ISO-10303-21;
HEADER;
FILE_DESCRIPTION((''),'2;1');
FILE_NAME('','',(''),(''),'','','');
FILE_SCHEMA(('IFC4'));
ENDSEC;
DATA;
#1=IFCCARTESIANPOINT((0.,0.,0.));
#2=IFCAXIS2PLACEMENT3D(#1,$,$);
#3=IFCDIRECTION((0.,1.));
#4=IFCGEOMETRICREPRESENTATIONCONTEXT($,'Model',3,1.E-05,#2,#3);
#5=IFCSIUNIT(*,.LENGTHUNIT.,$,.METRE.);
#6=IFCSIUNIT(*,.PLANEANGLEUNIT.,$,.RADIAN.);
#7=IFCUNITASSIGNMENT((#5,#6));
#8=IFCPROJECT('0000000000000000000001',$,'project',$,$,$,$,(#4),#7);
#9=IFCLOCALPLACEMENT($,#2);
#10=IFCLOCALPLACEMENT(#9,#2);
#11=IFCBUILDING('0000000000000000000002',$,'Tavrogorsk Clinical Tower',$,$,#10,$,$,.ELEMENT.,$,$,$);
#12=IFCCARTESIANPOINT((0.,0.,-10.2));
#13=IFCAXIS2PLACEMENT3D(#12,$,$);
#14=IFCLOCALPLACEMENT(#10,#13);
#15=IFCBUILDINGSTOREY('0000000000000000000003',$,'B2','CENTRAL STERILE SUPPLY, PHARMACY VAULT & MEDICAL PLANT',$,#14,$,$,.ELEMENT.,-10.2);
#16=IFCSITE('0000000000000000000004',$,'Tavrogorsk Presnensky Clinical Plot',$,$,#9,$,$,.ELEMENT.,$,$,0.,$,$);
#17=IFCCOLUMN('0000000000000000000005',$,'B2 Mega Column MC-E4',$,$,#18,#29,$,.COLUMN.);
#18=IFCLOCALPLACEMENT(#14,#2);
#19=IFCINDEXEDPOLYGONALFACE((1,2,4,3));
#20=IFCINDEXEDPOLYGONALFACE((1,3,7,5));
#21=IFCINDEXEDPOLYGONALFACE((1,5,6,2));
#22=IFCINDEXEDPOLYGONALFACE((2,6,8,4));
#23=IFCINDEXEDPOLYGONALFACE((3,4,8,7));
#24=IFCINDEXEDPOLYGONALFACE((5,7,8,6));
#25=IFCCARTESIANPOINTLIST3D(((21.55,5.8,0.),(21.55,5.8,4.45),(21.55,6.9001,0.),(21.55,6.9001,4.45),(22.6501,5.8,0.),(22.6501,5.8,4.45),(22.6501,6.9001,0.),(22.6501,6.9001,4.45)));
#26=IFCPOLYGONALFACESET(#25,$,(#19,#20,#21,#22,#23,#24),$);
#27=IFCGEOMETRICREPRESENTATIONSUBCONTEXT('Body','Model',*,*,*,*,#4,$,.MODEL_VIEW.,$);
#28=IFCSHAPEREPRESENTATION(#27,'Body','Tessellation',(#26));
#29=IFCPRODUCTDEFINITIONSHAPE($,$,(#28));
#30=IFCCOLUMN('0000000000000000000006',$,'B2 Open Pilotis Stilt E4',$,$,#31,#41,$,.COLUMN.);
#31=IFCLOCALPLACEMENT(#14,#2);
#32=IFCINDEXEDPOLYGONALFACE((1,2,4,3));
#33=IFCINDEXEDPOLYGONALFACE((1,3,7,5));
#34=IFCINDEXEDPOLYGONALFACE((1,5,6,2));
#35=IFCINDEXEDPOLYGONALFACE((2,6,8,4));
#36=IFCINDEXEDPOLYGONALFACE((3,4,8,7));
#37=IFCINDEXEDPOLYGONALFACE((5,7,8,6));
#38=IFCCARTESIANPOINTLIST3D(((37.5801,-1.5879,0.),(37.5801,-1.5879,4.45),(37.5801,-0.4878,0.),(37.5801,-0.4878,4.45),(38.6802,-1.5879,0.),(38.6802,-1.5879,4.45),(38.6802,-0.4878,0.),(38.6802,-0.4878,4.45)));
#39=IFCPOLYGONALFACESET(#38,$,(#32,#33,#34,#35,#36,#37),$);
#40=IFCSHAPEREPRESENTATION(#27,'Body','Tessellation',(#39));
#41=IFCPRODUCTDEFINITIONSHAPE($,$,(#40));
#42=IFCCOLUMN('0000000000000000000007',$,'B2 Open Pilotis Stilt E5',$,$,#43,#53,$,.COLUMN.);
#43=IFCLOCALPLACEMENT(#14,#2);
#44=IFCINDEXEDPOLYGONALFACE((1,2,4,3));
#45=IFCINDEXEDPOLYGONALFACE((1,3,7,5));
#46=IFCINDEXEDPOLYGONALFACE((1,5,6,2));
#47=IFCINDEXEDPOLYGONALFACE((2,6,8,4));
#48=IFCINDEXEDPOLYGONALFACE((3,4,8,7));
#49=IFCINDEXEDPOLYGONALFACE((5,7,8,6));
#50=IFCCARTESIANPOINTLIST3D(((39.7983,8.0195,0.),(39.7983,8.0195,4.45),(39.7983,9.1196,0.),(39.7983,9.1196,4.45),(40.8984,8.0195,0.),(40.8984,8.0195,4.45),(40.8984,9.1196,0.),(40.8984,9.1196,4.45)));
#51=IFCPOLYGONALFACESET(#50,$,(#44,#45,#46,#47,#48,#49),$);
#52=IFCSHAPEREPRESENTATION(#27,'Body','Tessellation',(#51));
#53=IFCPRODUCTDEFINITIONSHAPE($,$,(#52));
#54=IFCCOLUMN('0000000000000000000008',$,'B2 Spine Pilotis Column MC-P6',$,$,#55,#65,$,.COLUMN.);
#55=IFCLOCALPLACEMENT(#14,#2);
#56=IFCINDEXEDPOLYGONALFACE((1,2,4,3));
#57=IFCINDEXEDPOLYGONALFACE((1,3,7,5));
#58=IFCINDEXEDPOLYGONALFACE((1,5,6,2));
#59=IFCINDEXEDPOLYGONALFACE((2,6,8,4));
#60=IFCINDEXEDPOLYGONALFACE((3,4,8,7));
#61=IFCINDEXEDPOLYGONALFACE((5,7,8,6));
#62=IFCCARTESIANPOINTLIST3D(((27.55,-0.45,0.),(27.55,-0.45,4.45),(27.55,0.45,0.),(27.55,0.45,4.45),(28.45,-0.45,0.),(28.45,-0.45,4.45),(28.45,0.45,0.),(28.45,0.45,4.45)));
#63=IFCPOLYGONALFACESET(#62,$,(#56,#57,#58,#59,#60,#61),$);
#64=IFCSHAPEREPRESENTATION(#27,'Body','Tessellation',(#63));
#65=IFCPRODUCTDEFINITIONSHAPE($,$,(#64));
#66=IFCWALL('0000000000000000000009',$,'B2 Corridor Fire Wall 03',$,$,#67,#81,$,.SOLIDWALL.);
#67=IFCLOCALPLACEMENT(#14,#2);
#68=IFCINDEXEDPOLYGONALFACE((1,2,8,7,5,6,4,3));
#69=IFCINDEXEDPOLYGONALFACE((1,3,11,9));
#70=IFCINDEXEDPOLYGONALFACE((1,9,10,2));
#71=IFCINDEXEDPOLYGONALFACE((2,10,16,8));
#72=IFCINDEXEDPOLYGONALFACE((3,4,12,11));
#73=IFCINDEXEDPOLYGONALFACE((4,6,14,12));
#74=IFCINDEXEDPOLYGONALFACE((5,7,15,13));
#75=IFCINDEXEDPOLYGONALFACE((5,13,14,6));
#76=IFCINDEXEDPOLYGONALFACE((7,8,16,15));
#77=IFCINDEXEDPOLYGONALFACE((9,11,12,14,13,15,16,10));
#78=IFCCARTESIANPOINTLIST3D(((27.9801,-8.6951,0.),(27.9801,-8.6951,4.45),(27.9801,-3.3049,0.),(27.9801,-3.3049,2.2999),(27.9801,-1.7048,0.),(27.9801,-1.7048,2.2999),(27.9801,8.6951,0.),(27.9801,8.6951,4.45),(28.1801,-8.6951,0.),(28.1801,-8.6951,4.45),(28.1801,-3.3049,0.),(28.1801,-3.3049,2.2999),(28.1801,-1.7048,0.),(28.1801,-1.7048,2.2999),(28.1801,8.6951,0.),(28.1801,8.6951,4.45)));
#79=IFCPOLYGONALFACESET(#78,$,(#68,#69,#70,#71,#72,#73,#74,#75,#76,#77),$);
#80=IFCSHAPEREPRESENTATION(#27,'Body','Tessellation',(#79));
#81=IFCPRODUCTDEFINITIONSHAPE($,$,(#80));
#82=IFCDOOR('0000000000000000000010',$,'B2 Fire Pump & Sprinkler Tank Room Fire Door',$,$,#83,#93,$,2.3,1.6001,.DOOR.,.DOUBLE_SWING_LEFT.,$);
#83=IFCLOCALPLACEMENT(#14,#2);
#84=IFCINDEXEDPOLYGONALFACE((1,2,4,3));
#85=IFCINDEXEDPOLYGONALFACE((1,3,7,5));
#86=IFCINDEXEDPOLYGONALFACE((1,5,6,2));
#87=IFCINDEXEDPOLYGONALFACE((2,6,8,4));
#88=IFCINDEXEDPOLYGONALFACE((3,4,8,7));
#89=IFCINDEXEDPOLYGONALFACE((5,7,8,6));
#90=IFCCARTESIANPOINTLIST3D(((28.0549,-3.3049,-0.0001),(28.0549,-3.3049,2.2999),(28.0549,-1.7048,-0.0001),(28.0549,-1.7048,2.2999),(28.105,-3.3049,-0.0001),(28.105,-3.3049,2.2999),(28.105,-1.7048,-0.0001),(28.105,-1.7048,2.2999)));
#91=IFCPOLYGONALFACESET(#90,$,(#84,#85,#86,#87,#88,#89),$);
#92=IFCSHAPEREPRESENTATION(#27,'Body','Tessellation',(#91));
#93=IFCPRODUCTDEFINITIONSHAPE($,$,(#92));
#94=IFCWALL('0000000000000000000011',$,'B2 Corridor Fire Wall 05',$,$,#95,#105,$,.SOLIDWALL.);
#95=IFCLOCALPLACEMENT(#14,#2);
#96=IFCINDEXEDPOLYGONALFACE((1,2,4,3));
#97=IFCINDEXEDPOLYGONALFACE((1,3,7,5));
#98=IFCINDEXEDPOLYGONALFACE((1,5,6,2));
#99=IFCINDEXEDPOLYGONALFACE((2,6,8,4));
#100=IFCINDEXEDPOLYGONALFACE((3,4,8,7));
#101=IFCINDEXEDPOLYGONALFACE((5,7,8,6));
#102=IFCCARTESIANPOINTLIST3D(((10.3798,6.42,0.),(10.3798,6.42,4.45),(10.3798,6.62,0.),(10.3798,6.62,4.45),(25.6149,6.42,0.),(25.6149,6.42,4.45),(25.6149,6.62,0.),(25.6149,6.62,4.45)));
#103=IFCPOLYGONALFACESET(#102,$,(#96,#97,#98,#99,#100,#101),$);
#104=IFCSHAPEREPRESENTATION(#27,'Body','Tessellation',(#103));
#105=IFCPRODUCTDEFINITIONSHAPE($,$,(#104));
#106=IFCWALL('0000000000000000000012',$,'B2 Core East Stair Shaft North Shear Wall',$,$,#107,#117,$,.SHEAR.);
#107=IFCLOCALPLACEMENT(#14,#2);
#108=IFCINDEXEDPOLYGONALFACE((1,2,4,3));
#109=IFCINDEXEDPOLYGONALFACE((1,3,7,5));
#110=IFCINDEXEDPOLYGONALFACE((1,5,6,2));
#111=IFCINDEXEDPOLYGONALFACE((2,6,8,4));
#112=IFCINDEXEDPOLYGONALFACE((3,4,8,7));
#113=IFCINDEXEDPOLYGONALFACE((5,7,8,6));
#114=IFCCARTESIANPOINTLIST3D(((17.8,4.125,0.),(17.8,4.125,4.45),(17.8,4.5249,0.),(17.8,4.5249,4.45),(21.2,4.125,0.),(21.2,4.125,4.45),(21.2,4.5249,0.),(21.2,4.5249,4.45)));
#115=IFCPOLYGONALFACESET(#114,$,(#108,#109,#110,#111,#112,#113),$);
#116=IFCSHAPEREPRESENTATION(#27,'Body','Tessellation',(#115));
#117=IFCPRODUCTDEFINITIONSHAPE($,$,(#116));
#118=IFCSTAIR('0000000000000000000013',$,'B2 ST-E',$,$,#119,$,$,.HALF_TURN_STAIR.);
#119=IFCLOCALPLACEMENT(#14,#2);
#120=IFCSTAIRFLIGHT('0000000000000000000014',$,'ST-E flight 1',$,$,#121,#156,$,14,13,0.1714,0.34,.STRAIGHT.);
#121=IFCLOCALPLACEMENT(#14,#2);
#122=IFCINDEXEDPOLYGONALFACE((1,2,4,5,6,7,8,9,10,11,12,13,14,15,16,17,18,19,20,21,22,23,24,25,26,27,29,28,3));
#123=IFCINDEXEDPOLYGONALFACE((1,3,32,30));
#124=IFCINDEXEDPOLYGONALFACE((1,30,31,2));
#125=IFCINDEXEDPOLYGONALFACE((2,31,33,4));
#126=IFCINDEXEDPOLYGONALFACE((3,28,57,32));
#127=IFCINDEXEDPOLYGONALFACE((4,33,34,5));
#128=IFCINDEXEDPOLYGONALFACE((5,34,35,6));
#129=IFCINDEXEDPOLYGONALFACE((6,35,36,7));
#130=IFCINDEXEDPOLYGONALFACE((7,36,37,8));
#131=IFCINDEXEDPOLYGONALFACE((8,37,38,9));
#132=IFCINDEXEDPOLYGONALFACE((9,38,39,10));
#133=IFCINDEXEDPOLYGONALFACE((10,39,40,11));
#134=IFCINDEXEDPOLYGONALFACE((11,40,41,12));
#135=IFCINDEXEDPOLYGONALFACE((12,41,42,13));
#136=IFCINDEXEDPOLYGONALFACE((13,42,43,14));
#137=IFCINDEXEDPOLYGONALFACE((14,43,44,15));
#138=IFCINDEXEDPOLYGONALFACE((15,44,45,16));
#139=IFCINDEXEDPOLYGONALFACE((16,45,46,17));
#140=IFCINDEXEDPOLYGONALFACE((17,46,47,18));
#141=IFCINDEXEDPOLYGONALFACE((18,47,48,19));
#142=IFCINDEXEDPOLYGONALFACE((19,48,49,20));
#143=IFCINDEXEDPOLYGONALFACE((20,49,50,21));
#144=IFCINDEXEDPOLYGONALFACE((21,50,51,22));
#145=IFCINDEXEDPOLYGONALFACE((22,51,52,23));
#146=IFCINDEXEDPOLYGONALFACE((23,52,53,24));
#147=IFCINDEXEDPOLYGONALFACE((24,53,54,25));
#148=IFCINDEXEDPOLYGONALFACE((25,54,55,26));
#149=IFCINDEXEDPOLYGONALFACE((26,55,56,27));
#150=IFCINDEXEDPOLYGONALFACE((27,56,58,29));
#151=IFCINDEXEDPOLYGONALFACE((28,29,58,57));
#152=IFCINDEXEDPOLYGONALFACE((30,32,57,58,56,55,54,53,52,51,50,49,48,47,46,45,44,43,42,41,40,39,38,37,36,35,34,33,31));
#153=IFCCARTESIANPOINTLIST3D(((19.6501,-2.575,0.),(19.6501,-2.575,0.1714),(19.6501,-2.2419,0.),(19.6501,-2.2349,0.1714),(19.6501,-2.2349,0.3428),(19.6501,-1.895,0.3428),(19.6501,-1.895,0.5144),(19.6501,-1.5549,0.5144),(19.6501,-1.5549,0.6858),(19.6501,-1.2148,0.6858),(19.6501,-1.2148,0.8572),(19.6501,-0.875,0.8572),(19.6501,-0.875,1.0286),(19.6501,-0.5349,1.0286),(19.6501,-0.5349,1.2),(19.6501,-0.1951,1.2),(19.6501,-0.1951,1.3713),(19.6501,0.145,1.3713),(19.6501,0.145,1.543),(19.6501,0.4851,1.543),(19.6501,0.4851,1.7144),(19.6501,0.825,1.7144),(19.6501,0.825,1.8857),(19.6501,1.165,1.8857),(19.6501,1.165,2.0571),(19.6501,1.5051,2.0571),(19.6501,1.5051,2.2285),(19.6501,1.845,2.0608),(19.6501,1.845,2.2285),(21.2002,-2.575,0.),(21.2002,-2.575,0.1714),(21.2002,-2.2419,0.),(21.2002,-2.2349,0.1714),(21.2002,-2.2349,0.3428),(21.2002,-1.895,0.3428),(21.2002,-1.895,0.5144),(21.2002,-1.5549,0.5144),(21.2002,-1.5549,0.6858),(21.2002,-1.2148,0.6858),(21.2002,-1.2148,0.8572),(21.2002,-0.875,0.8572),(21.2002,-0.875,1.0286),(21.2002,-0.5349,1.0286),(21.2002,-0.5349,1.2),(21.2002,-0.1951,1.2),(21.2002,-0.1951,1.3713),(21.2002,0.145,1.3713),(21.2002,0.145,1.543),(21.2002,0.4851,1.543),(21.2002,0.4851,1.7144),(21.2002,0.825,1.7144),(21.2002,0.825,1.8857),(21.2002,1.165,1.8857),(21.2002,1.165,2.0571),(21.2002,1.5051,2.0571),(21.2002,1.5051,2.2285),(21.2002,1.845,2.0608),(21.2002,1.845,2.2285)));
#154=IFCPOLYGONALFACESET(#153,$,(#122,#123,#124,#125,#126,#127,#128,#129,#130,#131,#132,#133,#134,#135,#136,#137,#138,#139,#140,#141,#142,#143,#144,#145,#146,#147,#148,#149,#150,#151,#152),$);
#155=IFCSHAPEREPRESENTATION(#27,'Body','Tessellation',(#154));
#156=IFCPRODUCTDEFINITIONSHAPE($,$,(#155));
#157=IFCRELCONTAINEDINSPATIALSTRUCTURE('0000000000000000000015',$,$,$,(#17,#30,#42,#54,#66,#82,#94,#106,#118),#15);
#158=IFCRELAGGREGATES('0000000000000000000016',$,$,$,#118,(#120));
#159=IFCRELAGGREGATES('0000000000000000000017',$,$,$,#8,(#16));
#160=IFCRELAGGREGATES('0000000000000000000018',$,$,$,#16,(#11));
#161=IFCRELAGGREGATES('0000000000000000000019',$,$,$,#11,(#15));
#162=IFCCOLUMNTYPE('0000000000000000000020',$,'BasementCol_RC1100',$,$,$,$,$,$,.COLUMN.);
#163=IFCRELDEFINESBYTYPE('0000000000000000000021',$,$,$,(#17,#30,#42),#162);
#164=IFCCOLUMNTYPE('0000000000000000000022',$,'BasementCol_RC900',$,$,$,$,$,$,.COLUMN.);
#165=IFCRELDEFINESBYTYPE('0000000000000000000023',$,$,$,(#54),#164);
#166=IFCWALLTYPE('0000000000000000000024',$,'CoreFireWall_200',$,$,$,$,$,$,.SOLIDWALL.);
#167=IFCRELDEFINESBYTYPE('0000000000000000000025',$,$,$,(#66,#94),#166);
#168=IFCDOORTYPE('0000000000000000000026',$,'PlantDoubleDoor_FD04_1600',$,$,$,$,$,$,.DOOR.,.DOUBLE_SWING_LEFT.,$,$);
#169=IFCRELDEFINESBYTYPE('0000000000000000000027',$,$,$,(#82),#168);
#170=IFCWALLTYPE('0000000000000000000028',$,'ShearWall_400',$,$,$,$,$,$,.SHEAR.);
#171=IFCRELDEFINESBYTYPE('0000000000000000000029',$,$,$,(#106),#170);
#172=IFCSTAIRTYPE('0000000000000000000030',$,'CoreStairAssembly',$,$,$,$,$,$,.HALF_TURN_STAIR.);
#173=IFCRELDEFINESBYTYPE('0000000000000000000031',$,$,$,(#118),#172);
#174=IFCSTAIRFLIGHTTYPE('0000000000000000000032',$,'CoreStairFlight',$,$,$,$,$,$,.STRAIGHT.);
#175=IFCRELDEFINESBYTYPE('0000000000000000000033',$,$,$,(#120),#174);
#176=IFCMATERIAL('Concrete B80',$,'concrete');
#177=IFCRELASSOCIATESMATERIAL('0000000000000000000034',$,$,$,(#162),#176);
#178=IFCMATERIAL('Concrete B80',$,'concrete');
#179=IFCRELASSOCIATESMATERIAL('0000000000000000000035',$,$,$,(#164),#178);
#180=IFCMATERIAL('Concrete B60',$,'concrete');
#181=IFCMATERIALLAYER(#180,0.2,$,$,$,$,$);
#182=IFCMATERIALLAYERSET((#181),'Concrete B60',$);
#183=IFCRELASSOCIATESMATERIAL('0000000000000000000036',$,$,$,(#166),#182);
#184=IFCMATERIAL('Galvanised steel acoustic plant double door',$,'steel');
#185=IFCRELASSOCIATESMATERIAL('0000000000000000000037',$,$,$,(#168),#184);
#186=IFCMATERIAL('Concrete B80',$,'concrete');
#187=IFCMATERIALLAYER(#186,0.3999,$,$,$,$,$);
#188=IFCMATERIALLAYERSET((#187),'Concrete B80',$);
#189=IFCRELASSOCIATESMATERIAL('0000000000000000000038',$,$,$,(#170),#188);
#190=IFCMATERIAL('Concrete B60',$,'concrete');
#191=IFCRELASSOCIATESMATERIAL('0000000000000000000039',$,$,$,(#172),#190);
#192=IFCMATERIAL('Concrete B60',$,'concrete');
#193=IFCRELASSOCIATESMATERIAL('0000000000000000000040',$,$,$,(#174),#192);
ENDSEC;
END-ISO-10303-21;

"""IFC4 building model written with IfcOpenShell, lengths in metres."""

from ifc_helpers import new_model, si_unit, direction, frame, frame_2d, origin, origin_2d, place, context, subcontext, project, spatial, polyline, rectangle, outline, extrude, material, layer, layer_set, material_profile, profile_set, type_object, element, fill, aggregate, save


model = new_model("IFC4")

# Units and contexts
model_context = context("Model", 3, precision=1e-05, world=origin(), true_north=direction((0.0, 1.0)))
body_context = subcontext(model_context, "Body", "Model", "MODEL_VIEW")
ifc_project = project(units=[si_unit("LENGTHUNIT", "METRE"), si_unit("PLANEANGLEUNIT", "RADIAN")], contexts=[model_context])

# Site, building, storey
site_placement = place(None, origin())
site = spatial("IfcSite", under=ifc_project, at=site_placement, Name="Tavrogorsk Presnensky Clinical Plot", CompositionType="ELEMENT", RefElevation=0.0)
building_placement = place(site_placement, origin())
building = spatial("IfcBuilding", under=site, at=building_placement, Name="Tavrogorsk Clinical Tower", CompositionType="ELEMENT")
storey_placement = place(building_placement, frame((0.0, 0.0, -10.2)))
storey = spatial("IfcBuildingStorey", under=building, at=storey_placement, Name="B2", Description="CENTRAL STERILE SUPPLY, PHARMACY VAULT & MEDICAL PLANT", CompositionType="ELEMENT", Elevation=-10.2)

# Columns
ifc_material_1 = material(Name="Concrete B80", Category="concrete")
ifc_material_profile_1 = material_profile(ifc_material_1, rectangle(XDim=1.1001, YDim=1.1001, at=origin_2d()), Name="RC-COL-1100x1100")
ifc_profile_set_1 = profile_set([ifc_material_profile_1], Name="Concrete B80")
column_type_1 = type_object("IfcColumnType", Name="BasementCol_RC1100", PredefinedType="COLUMN", material=ifc_profile_set_1)
for number, where, z_axis, x_axis, name in (
    (1, (22.1001, 6.3501, 0.0), (0.0, 0.0, 1.0), (1.0, 0.0, 0.0), "B2 Mega Column MC-E4"),
    (2, (38.1301, -1.0378, 0.0), (0.0, 0.0, 1.0), (1.0, 0.0, 0.0), "B2 Open Pilotis Stilt E4"),
    (3, (40.3484, 8.5696, 0.0), (0.0, 0.0, 1.0), (1.0, 0.0, 0.0), "B2 Open Pilotis Stilt E5"),
):
    element("IfcColumn", number, at=place(storey_placement, frame(where, z_axis=z_axis, x_axis=x_axis)), inside=storey, type_object=column_type_1, Name=name, PredefinedType="COLUMN", context=body_context, shape_type="SweptSolid", body=[
        extrude(rectangle(XDim=1.1001, YDim=1.1001, at=origin_2d()), origin(), (0.0, 0.0, 1.0), 4.45),
    ])
ifc_material_2 = material(Name="Concrete B80", Category="concrete")
ifc_material_profile_2 = material_profile(ifc_material_2, rectangle(XDim=0.8999, YDim=0.8999, at=origin_2d()), Name="RC-COL-900x900")
ifc_profile_set_2 = profile_set([ifc_material_profile_2], Name="Concrete B80")
column_type_2 = type_object("IfcColumnType", Name="BasementCol_RC900", PredefinedType="COLUMN", material=ifc_profile_set_2)
column_placement = place(storey_placement, frame((28.0, 0.0, 0.0), z_axis=(0.0, 0.0, 1.0), x_axis=(1.0, 0.0, 0.0)))
element("IfcColumn", 4, at=column_placement, inside=storey, type_object=column_type_2, Name="B2 Spine Pilotis Column MC-P6", PredefinedType="COLUMN", context=body_context, shape_type="SweptSolid", body=[
    extrude(rectangle(XDim=0.8999, YDim=0.8999, at=origin_2d()), origin(), (0.0, 0.0, 1.0), 4.45),
])

# Wall, opening, door
ifc_material_3 = material(Name="Concrete B60", Category="concrete")
ifc_layer_1 = layer(ifc_material_3, 0.2)
ifc_layer_set_1 = layer_set([ifc_layer_1], Name="Concrete B60")
wall_type_1 = type_object("IfcWallType", Name="CoreFireWall_200", PredefinedType="SOLIDWALL", material=ifc_layer_set_1)
wall_1_placement = place(storey_placement, frame((28.0801, 8.6951, 0.0), z_axis=(0.0, 0.0, 1.0), x_axis=(0.0, -1.0, 0.0)))
wall_1 = element("IfcWall", 5, at=wall_1_placement, inside=storey, type_object=wall_type_1, Name="B2 Corridor Fire Wall 03", PredefinedType="SOLIDWALL", context=body_context, shape_type="SweptSolid", body=[
    extrude(rectangle(XDim=17.3901, YDim=0.2, at=frame_2d((8.6951, 0.0))), origin(), (0.0, 0.0, 1.0), 4.45),
])
opening_placement = place(wall_1_placement, frame((10.3999, 0.0, 0.0)))
opening = element("IfcOpeningElement", 6, at=opening_placement, cuts=wall_1, PredefinedType="OPENING", context=body_context, shape_type="SweptSolid", body=[
    extrude(rectangle(XDim=1.6001, YDim=2.3, at=frame_2d((0.8, 1.1499))), frame((0.0, 0.1099, 0.0), z_axis=(0.0, -1.0, 0.0), x_axis=(1.0, 0.0, 0.0)), (0.0, 0.0, 1.0), 0.22),
])
ifc_material_4 = material(Name="Galvanised steel acoustic plant double door", Category="steel")
door_type = type_object("IfcDoorType", Name="PlantDoubleDoor_FD04_1600", OperationType="DOUBLE_SWING_LEFT", PredefinedType="DOOR", material=ifc_material_4)
door_placement = place(opening_placement, origin())
door = element("IfcDoor", 7, at=door_placement, inside=storey, type_object=door_type, Name="B2 Fire Pump & Sprinkler Tank Room Fire Door", OperationType="DOUBLE_SWING_LEFT", OverallHeight=2.3, OverallWidth=1.6001, PredefinedType="DOOR", context=body_context, shape_type="SweptSolid", body=[
    extrude(rectangle(XDim=1.6001, YDim=2.3, at=frame_2d((0.8, 1.1499))), frame((0.0, 0.0249, 0.0), z_axis=(0.0, -1.0, 0.0), x_axis=(1.0, 0.0, 0.0)), (0.0, 0.0, 1.0), 0.05),
])
fill(opening, door)

# Walls
wall_2_placement = place(storey_placement, frame((25.615, 6.52, 0.0), z_axis=(0.0, 0.0, 1.0), x_axis=(-1.0, 0.0, 0.0)))
element("IfcWall", 8, at=wall_2_placement, inside=storey, type_object=wall_type_1, Name="B2 Corridor Fire Wall 05", PredefinedType="SOLIDWALL", context=body_context, shape_type="SweptSolid", body=[
    extrude(rectangle(XDim=15.2351, YDim=0.2, at=frame_2d((7.6177, 0.0))), origin(), (0.0, 0.0, 1.0), 4.45),
])
ifc_material_5 = material(Name="Concrete B80", Category="concrete")
ifc_layer_2 = layer(ifc_material_5, 0.3999)
ifc_layer_set_2 = layer_set([ifc_layer_2], Name="Concrete B80")
wall_type_2 = type_object("IfcWallType", Name="ShearWall_400", PredefinedType="SHEAR", material=ifc_layer_set_2)
wall_3_placement = place(storey_placement, frame((17.8, 4.325, 0.0), z_axis=(0.0, 0.0, 1.0), x_axis=(1.0, 0.0, 0.0)))
element("IfcWall", 9, at=wall_3_placement, inside=storey, type_object=wall_type_2, Name="B2 Core East Stair Shaft North Shear Wall", PredefinedType="SHEAR", context=body_context, shape_type="SweptSolid", body=[
    extrude(rectangle(XDim=3.3999, YDim=0.3999, at=frame_2d((1.7, 0.0))), origin(), (0.0, 0.0, 1.0), 4.45),
])

# Stair, stair flight
ifc_material_6 = material(Name="Concrete B60", Category="concrete")
stair_type = type_object("IfcStairType", Name="CoreStairAssembly", PredefinedType="HALF_TURN_STAIR", material=ifc_material_6)
stair_placement = place(storey_placement, origin())
stair = element("IfcStair", 10, at=stair_placement, inside=storey, type_object=stair_type, Name="B2 ST-E", PredefinedType="HALF_TURN_STAIR")
ifc_material_7 = material(Name="Concrete B60", Category="concrete")
stair_flight_type = type_object("IfcStairFlightType", Name="CoreStairFlight", PredefinedType="STRAIGHT", material=ifc_material_7)
stair_flight_1_placement = place(storey_placement, frame((20.425, -2.575, 0.0), z_axis=(0.0, 0.0, 1.0), x_axis=(0.0, 1.0, 0.0)))
stair_flight_1 = element("IfcStairFlight", 11, at=stair_flight_1_placement, type_object=stair_flight_type, Name="ST-E flight 1", NumberOfRisers=14, NumberOfTreads=13, PredefinedType="STRAIGHT", RiserHeight=0.1714, TreadLength=0.34, context=body_context, shape_type="SweptSolid", body=[
    extrude(outline(polyline([(0.0, 0.0), (0.0, 0.1714), (0.3401, 0.1714), (0.3401, 0.3428), (0.6799, 0.3428), (0.6799, 0.5144), (1.02, 0.5144), (1.02, 0.6858), (1.3601, 0.6858), (1.3601, 0.8572), (1.7, 0.8572), (1.7, 1.0286), (2.04, 1.0286), (2.04, 1.2), (2.3799, 1.2), (2.3799, 1.3713), (2.72, 1.3713), (2.72, 1.543), (3.0601, 1.543), (3.0601, 1.7144), (3.3999, 1.7144), (3.3999, 1.8857), (3.74, 1.8857), (3.74, 2.0571), (4.0801, 2.0571), (4.0801, 2.2285), (4.4199, 2.2285), (4.4199, 2.3999), (4.4199, 2.0608), (0.333, 0.0), (0.0, 0.0)])), frame((0.0, 0.7749, 0.0), z_axis=(0.0, -1.0, 0.0), x_axis=(1.0, 0.0, 0.0)), (0.0, 0.0, 1.0), 1.55),
])
aggregate(stair, [stair_flight_1])

save(model, "model.ifc")
